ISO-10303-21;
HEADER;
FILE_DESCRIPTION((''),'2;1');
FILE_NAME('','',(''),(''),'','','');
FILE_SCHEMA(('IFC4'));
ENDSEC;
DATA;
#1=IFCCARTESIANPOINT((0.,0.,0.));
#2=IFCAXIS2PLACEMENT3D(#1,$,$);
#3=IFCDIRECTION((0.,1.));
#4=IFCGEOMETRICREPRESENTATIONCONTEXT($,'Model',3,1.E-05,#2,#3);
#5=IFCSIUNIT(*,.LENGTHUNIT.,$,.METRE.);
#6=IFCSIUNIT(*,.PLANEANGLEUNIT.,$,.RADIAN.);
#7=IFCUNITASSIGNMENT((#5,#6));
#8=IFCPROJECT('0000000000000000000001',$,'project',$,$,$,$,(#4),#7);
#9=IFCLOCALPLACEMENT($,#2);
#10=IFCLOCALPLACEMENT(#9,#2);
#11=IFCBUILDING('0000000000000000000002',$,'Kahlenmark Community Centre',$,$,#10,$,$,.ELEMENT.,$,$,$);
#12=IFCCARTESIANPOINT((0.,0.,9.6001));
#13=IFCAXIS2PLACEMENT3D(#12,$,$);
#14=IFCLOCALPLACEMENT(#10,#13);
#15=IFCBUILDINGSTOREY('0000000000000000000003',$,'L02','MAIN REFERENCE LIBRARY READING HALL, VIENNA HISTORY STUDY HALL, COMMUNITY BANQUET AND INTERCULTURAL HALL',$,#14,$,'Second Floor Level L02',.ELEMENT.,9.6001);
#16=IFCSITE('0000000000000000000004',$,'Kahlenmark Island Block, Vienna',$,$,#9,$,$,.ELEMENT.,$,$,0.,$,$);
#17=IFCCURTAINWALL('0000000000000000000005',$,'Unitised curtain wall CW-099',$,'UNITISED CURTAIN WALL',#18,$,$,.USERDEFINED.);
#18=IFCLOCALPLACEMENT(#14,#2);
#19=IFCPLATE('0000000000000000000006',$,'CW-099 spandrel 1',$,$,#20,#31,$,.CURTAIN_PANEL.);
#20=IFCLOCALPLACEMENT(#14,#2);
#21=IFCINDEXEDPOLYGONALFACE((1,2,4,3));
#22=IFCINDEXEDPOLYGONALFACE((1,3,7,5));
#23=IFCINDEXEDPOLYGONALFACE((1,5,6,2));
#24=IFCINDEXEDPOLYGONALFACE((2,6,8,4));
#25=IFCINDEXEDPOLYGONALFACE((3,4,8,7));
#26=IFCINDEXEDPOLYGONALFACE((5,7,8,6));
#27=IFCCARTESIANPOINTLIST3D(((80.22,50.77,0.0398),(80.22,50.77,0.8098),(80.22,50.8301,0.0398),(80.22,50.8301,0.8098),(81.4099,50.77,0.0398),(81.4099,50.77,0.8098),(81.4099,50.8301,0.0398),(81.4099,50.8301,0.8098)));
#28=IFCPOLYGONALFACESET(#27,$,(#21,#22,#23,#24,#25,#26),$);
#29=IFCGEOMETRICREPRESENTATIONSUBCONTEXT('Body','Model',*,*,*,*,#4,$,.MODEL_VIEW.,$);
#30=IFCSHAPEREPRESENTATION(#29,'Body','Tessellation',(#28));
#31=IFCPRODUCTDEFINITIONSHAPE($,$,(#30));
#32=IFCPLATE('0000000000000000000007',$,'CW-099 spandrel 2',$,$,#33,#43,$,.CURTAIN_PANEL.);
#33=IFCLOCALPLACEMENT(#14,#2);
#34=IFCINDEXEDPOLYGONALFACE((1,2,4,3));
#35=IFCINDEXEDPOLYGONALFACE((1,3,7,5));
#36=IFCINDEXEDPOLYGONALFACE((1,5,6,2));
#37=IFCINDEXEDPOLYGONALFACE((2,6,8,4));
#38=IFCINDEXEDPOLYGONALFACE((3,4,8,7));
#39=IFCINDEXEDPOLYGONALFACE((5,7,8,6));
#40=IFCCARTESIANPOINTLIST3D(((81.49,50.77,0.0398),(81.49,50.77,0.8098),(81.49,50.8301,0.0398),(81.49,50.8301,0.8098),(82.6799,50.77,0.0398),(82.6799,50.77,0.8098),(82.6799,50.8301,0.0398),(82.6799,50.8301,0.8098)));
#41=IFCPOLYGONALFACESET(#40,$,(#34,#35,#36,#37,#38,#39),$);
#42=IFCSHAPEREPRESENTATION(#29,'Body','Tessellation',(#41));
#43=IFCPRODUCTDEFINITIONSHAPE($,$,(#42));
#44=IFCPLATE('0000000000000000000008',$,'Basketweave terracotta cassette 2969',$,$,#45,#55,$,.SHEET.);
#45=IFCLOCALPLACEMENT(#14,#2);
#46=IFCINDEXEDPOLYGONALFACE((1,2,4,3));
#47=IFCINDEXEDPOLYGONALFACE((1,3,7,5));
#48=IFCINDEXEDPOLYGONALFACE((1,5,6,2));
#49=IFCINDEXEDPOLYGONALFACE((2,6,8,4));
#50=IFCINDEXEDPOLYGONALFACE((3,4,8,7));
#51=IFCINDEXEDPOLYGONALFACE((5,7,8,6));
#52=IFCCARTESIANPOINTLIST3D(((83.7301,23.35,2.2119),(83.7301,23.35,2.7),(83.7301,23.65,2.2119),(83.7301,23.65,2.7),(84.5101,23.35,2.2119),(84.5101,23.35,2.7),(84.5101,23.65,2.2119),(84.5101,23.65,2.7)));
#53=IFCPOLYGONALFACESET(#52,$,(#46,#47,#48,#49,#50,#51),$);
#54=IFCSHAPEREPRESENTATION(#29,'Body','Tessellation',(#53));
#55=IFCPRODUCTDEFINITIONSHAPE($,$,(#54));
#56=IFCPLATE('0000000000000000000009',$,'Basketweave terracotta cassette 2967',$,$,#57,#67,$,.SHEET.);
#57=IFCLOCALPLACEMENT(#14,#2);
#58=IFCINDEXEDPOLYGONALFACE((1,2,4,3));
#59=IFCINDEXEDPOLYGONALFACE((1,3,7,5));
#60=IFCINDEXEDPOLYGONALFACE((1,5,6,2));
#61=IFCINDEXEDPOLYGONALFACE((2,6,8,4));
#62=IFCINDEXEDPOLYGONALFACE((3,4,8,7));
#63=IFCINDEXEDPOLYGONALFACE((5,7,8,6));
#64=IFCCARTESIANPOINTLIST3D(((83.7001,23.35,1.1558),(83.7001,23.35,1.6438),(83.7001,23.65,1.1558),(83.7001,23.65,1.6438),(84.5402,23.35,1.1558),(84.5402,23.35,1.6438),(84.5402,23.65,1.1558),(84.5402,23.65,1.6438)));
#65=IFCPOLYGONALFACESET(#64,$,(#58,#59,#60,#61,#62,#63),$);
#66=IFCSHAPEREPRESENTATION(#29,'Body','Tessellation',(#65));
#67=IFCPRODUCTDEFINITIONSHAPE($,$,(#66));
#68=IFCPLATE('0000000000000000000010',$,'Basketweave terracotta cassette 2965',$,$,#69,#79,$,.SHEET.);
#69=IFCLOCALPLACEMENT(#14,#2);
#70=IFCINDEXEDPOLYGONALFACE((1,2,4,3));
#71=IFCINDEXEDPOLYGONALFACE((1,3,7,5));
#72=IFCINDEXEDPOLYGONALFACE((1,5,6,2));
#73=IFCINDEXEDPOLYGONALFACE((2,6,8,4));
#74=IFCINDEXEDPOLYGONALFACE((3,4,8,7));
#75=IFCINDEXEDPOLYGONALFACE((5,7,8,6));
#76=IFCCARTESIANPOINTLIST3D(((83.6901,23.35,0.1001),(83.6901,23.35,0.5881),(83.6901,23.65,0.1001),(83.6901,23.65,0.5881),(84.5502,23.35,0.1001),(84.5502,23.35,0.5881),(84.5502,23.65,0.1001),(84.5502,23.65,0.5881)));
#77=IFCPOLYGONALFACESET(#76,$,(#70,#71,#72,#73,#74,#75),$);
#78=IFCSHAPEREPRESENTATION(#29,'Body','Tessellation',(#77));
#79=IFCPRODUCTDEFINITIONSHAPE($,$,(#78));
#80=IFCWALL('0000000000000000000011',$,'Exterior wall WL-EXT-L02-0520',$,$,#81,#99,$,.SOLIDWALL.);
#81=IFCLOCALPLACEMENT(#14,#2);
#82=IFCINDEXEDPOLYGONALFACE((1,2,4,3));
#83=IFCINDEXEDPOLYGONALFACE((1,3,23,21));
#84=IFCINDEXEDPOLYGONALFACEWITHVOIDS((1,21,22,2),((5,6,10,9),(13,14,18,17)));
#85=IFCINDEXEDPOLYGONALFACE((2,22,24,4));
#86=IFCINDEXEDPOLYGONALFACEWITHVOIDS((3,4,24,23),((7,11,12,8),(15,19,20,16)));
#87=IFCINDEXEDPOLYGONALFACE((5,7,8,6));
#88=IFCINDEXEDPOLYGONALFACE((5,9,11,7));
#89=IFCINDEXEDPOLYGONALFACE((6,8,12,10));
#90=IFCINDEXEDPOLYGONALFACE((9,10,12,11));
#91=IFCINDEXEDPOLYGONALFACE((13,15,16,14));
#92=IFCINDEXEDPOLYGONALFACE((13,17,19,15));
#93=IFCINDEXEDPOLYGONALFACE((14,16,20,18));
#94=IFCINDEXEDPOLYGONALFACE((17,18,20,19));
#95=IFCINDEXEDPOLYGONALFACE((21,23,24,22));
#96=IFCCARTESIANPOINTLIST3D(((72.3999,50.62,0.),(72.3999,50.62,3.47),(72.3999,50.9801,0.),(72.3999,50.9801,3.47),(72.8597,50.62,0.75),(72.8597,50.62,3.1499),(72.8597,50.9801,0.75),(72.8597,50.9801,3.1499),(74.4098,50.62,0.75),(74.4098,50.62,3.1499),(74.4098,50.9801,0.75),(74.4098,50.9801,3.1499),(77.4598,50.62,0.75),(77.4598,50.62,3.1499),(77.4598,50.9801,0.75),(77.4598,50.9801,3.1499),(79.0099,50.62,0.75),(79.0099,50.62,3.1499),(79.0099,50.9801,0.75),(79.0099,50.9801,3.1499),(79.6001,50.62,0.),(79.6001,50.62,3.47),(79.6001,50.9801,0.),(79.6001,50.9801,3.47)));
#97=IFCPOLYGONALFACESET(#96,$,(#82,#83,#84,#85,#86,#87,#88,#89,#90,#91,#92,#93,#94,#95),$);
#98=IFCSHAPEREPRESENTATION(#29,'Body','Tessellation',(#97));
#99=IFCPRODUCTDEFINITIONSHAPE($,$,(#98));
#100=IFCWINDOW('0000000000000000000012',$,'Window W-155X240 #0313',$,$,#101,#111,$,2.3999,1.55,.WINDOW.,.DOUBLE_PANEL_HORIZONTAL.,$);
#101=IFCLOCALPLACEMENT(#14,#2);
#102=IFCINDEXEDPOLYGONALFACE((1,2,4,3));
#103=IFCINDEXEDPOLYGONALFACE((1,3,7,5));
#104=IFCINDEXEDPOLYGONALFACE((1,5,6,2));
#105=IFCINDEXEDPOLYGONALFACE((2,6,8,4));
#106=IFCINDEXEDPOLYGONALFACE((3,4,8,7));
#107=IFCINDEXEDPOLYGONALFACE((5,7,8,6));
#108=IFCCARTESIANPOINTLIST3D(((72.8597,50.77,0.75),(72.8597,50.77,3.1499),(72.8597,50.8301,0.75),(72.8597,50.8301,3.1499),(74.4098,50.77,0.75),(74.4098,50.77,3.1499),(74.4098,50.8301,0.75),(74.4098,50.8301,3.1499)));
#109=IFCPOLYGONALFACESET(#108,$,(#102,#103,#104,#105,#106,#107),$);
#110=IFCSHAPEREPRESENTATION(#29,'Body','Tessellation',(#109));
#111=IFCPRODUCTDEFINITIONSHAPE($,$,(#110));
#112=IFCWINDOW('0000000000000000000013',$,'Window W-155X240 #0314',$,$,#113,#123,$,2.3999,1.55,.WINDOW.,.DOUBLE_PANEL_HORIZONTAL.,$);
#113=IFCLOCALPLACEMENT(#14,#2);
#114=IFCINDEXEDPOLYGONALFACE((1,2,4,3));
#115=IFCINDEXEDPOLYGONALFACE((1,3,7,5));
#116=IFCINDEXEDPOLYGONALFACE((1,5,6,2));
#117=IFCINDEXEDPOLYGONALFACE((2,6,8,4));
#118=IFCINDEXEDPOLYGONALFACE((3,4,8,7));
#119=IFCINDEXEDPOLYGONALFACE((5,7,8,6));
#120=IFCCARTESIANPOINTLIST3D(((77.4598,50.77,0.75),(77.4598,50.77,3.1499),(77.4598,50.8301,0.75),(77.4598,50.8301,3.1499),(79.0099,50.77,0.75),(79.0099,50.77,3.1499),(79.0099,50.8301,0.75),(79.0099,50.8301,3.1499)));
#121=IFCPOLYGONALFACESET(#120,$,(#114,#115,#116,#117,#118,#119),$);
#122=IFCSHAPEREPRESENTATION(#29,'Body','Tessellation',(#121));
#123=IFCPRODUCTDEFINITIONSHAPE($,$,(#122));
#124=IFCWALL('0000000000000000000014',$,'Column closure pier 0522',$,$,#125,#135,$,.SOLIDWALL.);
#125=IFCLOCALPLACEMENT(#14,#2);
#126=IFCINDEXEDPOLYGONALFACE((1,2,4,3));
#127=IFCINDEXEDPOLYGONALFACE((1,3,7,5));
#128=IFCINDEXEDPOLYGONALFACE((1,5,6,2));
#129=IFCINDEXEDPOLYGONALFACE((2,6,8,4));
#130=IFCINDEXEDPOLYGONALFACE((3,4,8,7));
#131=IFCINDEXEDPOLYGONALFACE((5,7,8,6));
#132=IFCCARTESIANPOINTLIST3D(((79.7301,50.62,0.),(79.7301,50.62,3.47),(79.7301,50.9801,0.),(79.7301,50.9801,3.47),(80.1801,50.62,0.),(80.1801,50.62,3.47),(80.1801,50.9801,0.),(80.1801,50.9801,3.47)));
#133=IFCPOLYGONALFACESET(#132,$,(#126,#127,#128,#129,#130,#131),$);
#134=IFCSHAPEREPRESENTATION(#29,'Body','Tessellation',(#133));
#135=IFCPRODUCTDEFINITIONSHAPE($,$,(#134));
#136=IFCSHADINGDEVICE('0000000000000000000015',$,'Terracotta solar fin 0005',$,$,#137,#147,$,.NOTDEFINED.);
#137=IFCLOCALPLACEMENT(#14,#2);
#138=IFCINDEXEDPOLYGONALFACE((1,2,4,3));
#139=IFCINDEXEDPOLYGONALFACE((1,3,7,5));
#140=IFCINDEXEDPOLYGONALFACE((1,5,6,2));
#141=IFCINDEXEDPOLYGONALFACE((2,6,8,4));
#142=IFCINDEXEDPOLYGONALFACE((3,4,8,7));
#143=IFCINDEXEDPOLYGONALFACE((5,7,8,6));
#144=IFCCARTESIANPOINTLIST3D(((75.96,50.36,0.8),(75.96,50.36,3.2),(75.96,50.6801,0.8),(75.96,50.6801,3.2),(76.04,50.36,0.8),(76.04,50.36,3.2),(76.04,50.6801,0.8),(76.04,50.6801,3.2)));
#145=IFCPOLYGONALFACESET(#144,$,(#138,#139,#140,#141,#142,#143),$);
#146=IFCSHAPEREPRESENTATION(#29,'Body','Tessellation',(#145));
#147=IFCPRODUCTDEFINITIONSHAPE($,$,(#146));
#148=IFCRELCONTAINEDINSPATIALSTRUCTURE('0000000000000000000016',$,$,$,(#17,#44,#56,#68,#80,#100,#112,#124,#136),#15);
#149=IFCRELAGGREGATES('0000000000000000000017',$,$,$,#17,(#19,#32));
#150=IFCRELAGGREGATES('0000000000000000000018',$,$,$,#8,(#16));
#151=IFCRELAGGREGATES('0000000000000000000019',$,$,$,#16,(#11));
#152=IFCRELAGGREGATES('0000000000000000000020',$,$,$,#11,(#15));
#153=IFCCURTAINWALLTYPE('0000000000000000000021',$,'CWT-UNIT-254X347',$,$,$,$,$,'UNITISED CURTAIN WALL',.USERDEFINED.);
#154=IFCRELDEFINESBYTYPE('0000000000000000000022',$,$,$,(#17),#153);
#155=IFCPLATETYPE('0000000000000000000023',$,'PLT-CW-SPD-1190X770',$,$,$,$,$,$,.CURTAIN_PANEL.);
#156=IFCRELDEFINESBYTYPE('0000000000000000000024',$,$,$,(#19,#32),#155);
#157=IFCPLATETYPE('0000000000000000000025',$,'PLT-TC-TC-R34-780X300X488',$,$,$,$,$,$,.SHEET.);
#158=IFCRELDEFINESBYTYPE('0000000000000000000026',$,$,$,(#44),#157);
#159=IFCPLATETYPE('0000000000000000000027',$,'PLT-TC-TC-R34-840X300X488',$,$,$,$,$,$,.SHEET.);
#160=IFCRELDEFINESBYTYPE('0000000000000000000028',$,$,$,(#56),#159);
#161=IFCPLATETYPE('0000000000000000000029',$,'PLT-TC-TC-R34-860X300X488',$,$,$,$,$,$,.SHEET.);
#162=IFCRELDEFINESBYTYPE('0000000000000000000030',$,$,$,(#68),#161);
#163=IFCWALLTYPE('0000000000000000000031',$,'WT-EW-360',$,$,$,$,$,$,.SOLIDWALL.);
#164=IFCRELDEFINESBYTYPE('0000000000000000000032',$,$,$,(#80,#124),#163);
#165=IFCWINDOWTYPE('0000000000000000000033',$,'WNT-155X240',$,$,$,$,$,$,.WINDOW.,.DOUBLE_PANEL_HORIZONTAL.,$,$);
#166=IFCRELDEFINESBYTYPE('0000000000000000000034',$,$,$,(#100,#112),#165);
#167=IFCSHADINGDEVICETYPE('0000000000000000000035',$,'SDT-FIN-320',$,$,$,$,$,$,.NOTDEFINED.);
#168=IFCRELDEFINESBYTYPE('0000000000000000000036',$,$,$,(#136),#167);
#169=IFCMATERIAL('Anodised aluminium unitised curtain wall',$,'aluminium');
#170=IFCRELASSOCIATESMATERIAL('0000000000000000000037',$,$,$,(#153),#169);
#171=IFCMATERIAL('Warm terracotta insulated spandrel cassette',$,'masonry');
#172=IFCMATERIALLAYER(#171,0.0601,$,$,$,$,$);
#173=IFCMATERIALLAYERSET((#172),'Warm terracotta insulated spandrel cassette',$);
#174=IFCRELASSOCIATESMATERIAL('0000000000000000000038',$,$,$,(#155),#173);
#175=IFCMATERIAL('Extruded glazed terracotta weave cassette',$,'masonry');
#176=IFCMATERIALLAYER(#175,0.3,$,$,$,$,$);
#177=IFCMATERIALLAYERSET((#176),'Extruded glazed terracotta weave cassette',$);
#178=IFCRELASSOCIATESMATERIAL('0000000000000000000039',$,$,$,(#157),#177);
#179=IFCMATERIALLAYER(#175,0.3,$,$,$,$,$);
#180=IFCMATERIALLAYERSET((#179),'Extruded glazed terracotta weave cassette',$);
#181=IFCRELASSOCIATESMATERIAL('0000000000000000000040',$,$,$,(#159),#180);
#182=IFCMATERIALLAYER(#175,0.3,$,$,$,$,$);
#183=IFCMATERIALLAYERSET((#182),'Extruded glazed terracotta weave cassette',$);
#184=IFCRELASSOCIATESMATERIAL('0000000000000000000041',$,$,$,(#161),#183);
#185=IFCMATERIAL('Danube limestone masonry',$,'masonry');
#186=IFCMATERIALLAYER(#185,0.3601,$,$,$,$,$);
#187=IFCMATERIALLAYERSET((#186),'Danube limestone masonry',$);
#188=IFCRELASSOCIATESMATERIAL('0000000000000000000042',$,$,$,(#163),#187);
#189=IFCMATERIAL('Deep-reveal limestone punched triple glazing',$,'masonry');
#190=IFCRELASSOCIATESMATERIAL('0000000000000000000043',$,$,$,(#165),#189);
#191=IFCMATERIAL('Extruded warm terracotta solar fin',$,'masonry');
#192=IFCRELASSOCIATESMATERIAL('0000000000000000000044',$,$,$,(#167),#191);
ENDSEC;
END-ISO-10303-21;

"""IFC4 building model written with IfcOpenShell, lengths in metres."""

from ifc_helpers import new_model, si_unit, direction, frame, frame_2d, origin, origin_2d, place, context, subcontext, project, spatial, rectangle, extrude, material, layer, layer_set, type_object, element, fill, aggregate, save


model = new_model("IFC4")

# Units and contexts
model_context = context("Model", 3, precision=1e-05, world=origin(), true_north=direction((0.0, 1.0)))
body_context = subcontext(model_context, "Body", "Model", "MODEL_VIEW")
ifc_project = project(units=[si_unit("LENGTHUNIT", "METRE"), si_unit("PLANEANGLEUNIT", "RADIAN")], contexts=[model_context])

# Site, building, storey
site_placement = place(None, origin())
site = spatial("IfcSite", under=ifc_project, at=site_placement, Name="Kahlenmark Island Block, Vienna", CompositionType="ELEMENT", RefElevation=0.0)
building_placement = place(site_placement, origin())
building = spatial("IfcBuilding", under=site, at=building_placement, Name="Kahlenmark Community Centre", CompositionType="ELEMENT")
storey_placement = place(building_placement, frame((0.0, 0.0, 9.6001)))
storey = spatial("IfcBuildingStorey", under=building, at=storey_placement, Name="L02", Description="MAIN REFERENCE LIBRARY READING HALL, VIENNA HISTORY STUDY HALL, COMMUNITY BANQUET AND INTERCULTURAL HALL", LongName="Second Floor Level L02", CompositionType="ELEMENT", Elevation=9.6001)

# Curtain wall, plates
ifc_material_1 = material(Name="Anodised aluminium unitised curtain wall", Category="aluminium")
curtain_wall_type = type_object("IfcCurtainWallType", Name="CWT-UNIT-254X347", ElementType="UNITISED CURTAIN WALL", PredefinedType="USERDEFINED", material=ifc_material_1)
curtain_wall_placement = place(storey_placement, origin())
curtain_wall = element("IfcCurtainWall", 1, at=curtain_wall_placement, inside=storey, type_object=curtain_wall_type, Name="Unitised curtain wall CW-099", ObjectType="UNITISED CURTAIN WALL", PredefinedType="USERDEFINED")
ifc_material_2 = material(Name="Warm terracotta insulated spandrel cassette", Category="masonry")
ifc_layer_1 = layer(ifc_material_2, 0.0601)
ifc_layer_set_1 = layer_set([ifc_layer_1], Name="Warm terracotta insulated spandrel cassette")
plate_type_1 = type_object("IfcPlateType", Name="PLT-CW-SPD-1190X770", PredefinedType="CURTAIN_PANEL", material=ifc_layer_set_1)
plate_1_placement = place(storey_placement, frame((80.8149, 50.8, 0.0398), z_axis=(0.0, 0.0, 1.0), x_axis=(1.0, 0.0, 0.0)))
plate_1 = element("IfcPlate", 2, at=plate_1_placement, type_object=plate_type_1, Name="CW-099 spandrel 1", PredefinedType="CURTAIN_PANEL", context=body_context, shape_type="SweptSolid", body=[
    extrude(rectangle(XDim=1.1899, YDim=0.0601, at=origin_2d()), origin(), (0.0, 0.0, 1.0), 0.77),
])
plate_2_placement = place(storey_placement, frame((82.085, 50.8, 0.0398), z_axis=(0.0, 0.0, 1.0), x_axis=(1.0, 0.0, 0.0)))
plate_2 = element("IfcPlate", 3, at=plate_2_placement, type_object=plate_type_1, Name="CW-099 spandrel 2", PredefinedType="CURTAIN_PANEL", context=body_context, shape_type="SweptSolid", body=[
    extrude(rectangle(XDim=1.1899, YDim=0.0601, at=origin_2d()), origin(), (0.0, 0.0, 1.0), 0.77),
])
aggregate(curtain_wall, [plate_1, plate_2])

# Plates
ifc_material_3 = material(Name="Extruded glazed terracotta weave cassette", Category="masonry")
ifc_layer_2 = layer(ifc_material_3, 0.3)
ifc_layer_set_2 = layer_set([ifc_layer_2], Name="Extruded glazed terracotta weave cassette")
plate_type_2 = type_object("IfcPlateType", Name="PLT-TC-TC-R34-780X300X488", PredefinedType="SHEET", material=ifc_layer_set_2)
plate_3_placement = place(storey_placement, frame((84.1201, 23.5, 2.2119), z_axis=(0.0, 0.0, 1.0), x_axis=(-1.0, 0.0, 0.0)))
element("IfcPlate", 4, at=plate_3_placement, inside=storey, type_object=plate_type_2, Name="Basketweave terracotta cassette 2969", PredefinedType="SHEET", context=body_context, shape_type="SweptSolid", body=[
    extrude(rectangle(XDim=0.78, YDim=0.3, at=origin_2d()), origin(), (0.0, 0.0, 1.0), 0.488),
])
ifc_layer_3 = layer(ifc_material_3, 0.3)
ifc_layer_set_3 = layer_set([ifc_layer_3], Name="Extruded glazed terracotta weave cassette")
plate_type_3 = type_object("IfcPlateType", Name="PLT-TC-TC-R34-840X300X488", PredefinedType="SHEET", material=ifc_layer_set_3)
plate_4_placement = place(storey_placement, frame((84.1201, 23.5, 1.1558), z_axis=(0.0, 0.0, 1.0), x_axis=(-1.0, 0.0, 0.0)))
element("IfcPlate", 5, at=plate_4_placement, inside=storey, type_object=plate_type_3, Name="Basketweave terracotta cassette 2967", PredefinedType="SHEET", context=body_context, shape_type="SweptSolid", body=[
    extrude(rectangle(XDim=0.8401, YDim=0.3, at=origin_2d()), origin(), (0.0, 0.0, 1.0), 0.488),
])
ifc_layer_4 = layer(ifc_material_3, 0.3)
ifc_layer_set_4 = layer_set([ifc_layer_4], Name="Extruded glazed terracotta weave cassette")
plate_type_4 = type_object("IfcPlateType", Name="PLT-TC-TC-R34-860X300X488", PredefinedType="SHEET", material=ifc_layer_set_4)
plate_5_placement = place(storey_placement, frame((84.1201, 23.5, 0.1001), z_axis=(0.0, 0.0, 1.0), x_axis=(-1.0, 0.0, 0.0)))
element("IfcPlate", 6, at=plate_5_placement, inside=storey, type_object=plate_type_4, Name="Basketweave terracotta cassette 2965", PredefinedType="SHEET", context=body_context, shape_type="SweptSolid", body=[
    extrude(rectangle(XDim=0.8601, YDim=0.3, at=origin_2d()), origin(), (0.0, 0.0, 1.0), 0.488),
])

# Wall, openings, windows
ifc_material_4 = material(Name="Danube limestone masonry", Category="masonry")
ifc_layer_5 = layer(ifc_material_4, 0.3601)
ifc_layer_set_5 = layer_set([ifc_layer_5], Name="Danube limestone masonry")
wall_type = type_object("IfcWallType", Name="WT-EW-360", PredefinedType="SOLIDWALL", material=ifc_layer_set_5)
wall_1_placement = place(storey_placement, frame((72.3999, 50.8, 0.0), z_axis=(0.0, 0.0, 1.0), x_axis=(1.0, 0.0, 0.0)))
wall_1 = element("IfcWall", 7, at=wall_1_placement, inside=storey, type_object=wall_type, Name="Exterior wall WL-EXT-L02-0520", PredefinedType="SOLIDWALL", context=body_context, shape_type="SweptSolid", body=[
    extrude(rectangle(XDim=7.2002, YDim=0.3601, at=frame_2d((3.6001, 0.0))), origin(), (0.0, 0.0, 1.0), 3.47),
])
opening_1_placement = place(wall_1_placement, frame((0.46, 0.0, 0.75)))
opening_1 = element("IfcOpeningElement", 8, at=opening_1_placement, cuts=wall_1, PredefinedType="OPENING", context=body_context, shape_type="SweptSolid", body=[
    extrude(rectangle(XDim=1.55, YDim=2.3999, at=frame_2d((0.7749, 1.2))), frame((0.0, 0.1899, 0.0), z_axis=(0.0, -1.0, 0.0), x_axis=(1.0, 0.0, 0.0)), (0.0, 0.0, 1.0), 0.3801),
])
opening_2_placement = place(wall_1_placement, frame((5.0601, 0.0, 0.75)))
opening_2 = element("IfcOpeningElement", 9, at=opening_2_placement, cuts=wall_1, PredefinedType="OPENING", context=body_context, shape_type="SweptSolid", body=[
    extrude(rectangle(XDim=1.55, YDim=2.3999, at=frame_2d((0.7749, 1.2))), frame((0.0, 0.1899, 0.0), z_axis=(0.0, -1.0, 0.0), x_axis=(1.0, 0.0, 0.0)), (0.0, 0.0, 1.0), 0.3801),
])
ifc_material_5 = material(Name="Deep-reveal limestone punched triple glazing", Category="masonry")
window_type = type_object("IfcWindowType", Name="WNT-155X240", PartitioningType="DOUBLE_PANEL_HORIZONTAL", PredefinedType="WINDOW", material=ifc_material_5)
window_1_placement = place(opening_1_placement, origin())
window_1 = element("IfcWindow", 10, at=window_1_placement, inside=storey, type_object=window_type, Name="Window W-155X240 #0313", OverallHeight=2.3999, OverallWidth=1.55, PartitioningType="DOUBLE_PANEL_HORIZONTAL", PredefinedType="WINDOW", context=body_context, shape_type="SweptSolid", body=[
    extrude(rectangle(XDim=1.55, YDim=2.3999, at=frame_2d((0.7749, 1.2))), frame((0.0, 0.03, 0.0), z_axis=(0.0, -1.0, 0.0), x_axis=(1.0, 0.0, 0.0)), (0.0, 0.0, 1.0), 0.0601),
])
fill(opening_1, window_1)
window_2_placement = place(opening_2_placement, origin())
window_2 = element("IfcWindow", 11, at=window_2_placement, inside=storey, type_object=window_type, Name="Window W-155X240 #0314", OverallHeight=2.3999, OverallWidth=1.55, PartitioningType="DOUBLE_PANEL_HORIZONTAL", PredefinedType="WINDOW", context=body_context, shape_type="SweptSolid", body=[
    extrude(rectangle(XDim=1.55, YDim=2.3999, at=frame_2d((0.7749, 1.2))), frame((0.0, 0.03, 0.0), z_axis=(0.0, -1.0, 0.0), x_axis=(1.0, 0.0, 0.0)), (0.0, 0.0, 1.0), 0.0601),
])
fill(opening_2, window_2)

# Wall
wall_2_placement = place(storey_placement, frame((79.73, 50.8, 0.0), z_axis=(0.0, 0.0, 1.0), x_axis=(1.0, 0.0, 0.0)))
element("IfcWall", 12, at=wall_2_placement, inside=storey, type_object=wall_type, Name="Column closure pier 0522", PredefinedType="SOLIDWALL", context=body_context, shape_type="SweptSolid", body=[
    extrude(rectangle(XDim=0.45, YDim=0.3601, at=frame_2d((0.2251, 0.0))), origin(), (0.0, 0.0, 1.0), 3.47),
])

# Shading device
ifc_material_6 = material(Name="Extruded warm terracotta solar fin", Category="masonry")
shading_device_type = type_object("IfcShadingDeviceType", Name="SDT-FIN-320", PredefinedType="NOTDEFINED", material=ifc_material_6)
shading_device_placement = place(storey_placement, frame((76.0, 50.52, 0.8), z_axis=(0.0, 0.0, 1.0), x_axis=(1.0, 0.0, 0.0)))
element("IfcShadingDevice", 13, at=shading_device_placement, inside=storey, type_object=shading_device_type, Name="Terracotta solar fin 0005", PredefinedType="NOTDEFINED", context=body_context, shape_type="SweptSolid", body=[
    extrude(rectangle(XDim=0.0801, YDim=0.3201, at=origin_2d()), origin(), (0.0, 0.0, 1.0), 2.3999),
])

save(model, "model.ifc")
